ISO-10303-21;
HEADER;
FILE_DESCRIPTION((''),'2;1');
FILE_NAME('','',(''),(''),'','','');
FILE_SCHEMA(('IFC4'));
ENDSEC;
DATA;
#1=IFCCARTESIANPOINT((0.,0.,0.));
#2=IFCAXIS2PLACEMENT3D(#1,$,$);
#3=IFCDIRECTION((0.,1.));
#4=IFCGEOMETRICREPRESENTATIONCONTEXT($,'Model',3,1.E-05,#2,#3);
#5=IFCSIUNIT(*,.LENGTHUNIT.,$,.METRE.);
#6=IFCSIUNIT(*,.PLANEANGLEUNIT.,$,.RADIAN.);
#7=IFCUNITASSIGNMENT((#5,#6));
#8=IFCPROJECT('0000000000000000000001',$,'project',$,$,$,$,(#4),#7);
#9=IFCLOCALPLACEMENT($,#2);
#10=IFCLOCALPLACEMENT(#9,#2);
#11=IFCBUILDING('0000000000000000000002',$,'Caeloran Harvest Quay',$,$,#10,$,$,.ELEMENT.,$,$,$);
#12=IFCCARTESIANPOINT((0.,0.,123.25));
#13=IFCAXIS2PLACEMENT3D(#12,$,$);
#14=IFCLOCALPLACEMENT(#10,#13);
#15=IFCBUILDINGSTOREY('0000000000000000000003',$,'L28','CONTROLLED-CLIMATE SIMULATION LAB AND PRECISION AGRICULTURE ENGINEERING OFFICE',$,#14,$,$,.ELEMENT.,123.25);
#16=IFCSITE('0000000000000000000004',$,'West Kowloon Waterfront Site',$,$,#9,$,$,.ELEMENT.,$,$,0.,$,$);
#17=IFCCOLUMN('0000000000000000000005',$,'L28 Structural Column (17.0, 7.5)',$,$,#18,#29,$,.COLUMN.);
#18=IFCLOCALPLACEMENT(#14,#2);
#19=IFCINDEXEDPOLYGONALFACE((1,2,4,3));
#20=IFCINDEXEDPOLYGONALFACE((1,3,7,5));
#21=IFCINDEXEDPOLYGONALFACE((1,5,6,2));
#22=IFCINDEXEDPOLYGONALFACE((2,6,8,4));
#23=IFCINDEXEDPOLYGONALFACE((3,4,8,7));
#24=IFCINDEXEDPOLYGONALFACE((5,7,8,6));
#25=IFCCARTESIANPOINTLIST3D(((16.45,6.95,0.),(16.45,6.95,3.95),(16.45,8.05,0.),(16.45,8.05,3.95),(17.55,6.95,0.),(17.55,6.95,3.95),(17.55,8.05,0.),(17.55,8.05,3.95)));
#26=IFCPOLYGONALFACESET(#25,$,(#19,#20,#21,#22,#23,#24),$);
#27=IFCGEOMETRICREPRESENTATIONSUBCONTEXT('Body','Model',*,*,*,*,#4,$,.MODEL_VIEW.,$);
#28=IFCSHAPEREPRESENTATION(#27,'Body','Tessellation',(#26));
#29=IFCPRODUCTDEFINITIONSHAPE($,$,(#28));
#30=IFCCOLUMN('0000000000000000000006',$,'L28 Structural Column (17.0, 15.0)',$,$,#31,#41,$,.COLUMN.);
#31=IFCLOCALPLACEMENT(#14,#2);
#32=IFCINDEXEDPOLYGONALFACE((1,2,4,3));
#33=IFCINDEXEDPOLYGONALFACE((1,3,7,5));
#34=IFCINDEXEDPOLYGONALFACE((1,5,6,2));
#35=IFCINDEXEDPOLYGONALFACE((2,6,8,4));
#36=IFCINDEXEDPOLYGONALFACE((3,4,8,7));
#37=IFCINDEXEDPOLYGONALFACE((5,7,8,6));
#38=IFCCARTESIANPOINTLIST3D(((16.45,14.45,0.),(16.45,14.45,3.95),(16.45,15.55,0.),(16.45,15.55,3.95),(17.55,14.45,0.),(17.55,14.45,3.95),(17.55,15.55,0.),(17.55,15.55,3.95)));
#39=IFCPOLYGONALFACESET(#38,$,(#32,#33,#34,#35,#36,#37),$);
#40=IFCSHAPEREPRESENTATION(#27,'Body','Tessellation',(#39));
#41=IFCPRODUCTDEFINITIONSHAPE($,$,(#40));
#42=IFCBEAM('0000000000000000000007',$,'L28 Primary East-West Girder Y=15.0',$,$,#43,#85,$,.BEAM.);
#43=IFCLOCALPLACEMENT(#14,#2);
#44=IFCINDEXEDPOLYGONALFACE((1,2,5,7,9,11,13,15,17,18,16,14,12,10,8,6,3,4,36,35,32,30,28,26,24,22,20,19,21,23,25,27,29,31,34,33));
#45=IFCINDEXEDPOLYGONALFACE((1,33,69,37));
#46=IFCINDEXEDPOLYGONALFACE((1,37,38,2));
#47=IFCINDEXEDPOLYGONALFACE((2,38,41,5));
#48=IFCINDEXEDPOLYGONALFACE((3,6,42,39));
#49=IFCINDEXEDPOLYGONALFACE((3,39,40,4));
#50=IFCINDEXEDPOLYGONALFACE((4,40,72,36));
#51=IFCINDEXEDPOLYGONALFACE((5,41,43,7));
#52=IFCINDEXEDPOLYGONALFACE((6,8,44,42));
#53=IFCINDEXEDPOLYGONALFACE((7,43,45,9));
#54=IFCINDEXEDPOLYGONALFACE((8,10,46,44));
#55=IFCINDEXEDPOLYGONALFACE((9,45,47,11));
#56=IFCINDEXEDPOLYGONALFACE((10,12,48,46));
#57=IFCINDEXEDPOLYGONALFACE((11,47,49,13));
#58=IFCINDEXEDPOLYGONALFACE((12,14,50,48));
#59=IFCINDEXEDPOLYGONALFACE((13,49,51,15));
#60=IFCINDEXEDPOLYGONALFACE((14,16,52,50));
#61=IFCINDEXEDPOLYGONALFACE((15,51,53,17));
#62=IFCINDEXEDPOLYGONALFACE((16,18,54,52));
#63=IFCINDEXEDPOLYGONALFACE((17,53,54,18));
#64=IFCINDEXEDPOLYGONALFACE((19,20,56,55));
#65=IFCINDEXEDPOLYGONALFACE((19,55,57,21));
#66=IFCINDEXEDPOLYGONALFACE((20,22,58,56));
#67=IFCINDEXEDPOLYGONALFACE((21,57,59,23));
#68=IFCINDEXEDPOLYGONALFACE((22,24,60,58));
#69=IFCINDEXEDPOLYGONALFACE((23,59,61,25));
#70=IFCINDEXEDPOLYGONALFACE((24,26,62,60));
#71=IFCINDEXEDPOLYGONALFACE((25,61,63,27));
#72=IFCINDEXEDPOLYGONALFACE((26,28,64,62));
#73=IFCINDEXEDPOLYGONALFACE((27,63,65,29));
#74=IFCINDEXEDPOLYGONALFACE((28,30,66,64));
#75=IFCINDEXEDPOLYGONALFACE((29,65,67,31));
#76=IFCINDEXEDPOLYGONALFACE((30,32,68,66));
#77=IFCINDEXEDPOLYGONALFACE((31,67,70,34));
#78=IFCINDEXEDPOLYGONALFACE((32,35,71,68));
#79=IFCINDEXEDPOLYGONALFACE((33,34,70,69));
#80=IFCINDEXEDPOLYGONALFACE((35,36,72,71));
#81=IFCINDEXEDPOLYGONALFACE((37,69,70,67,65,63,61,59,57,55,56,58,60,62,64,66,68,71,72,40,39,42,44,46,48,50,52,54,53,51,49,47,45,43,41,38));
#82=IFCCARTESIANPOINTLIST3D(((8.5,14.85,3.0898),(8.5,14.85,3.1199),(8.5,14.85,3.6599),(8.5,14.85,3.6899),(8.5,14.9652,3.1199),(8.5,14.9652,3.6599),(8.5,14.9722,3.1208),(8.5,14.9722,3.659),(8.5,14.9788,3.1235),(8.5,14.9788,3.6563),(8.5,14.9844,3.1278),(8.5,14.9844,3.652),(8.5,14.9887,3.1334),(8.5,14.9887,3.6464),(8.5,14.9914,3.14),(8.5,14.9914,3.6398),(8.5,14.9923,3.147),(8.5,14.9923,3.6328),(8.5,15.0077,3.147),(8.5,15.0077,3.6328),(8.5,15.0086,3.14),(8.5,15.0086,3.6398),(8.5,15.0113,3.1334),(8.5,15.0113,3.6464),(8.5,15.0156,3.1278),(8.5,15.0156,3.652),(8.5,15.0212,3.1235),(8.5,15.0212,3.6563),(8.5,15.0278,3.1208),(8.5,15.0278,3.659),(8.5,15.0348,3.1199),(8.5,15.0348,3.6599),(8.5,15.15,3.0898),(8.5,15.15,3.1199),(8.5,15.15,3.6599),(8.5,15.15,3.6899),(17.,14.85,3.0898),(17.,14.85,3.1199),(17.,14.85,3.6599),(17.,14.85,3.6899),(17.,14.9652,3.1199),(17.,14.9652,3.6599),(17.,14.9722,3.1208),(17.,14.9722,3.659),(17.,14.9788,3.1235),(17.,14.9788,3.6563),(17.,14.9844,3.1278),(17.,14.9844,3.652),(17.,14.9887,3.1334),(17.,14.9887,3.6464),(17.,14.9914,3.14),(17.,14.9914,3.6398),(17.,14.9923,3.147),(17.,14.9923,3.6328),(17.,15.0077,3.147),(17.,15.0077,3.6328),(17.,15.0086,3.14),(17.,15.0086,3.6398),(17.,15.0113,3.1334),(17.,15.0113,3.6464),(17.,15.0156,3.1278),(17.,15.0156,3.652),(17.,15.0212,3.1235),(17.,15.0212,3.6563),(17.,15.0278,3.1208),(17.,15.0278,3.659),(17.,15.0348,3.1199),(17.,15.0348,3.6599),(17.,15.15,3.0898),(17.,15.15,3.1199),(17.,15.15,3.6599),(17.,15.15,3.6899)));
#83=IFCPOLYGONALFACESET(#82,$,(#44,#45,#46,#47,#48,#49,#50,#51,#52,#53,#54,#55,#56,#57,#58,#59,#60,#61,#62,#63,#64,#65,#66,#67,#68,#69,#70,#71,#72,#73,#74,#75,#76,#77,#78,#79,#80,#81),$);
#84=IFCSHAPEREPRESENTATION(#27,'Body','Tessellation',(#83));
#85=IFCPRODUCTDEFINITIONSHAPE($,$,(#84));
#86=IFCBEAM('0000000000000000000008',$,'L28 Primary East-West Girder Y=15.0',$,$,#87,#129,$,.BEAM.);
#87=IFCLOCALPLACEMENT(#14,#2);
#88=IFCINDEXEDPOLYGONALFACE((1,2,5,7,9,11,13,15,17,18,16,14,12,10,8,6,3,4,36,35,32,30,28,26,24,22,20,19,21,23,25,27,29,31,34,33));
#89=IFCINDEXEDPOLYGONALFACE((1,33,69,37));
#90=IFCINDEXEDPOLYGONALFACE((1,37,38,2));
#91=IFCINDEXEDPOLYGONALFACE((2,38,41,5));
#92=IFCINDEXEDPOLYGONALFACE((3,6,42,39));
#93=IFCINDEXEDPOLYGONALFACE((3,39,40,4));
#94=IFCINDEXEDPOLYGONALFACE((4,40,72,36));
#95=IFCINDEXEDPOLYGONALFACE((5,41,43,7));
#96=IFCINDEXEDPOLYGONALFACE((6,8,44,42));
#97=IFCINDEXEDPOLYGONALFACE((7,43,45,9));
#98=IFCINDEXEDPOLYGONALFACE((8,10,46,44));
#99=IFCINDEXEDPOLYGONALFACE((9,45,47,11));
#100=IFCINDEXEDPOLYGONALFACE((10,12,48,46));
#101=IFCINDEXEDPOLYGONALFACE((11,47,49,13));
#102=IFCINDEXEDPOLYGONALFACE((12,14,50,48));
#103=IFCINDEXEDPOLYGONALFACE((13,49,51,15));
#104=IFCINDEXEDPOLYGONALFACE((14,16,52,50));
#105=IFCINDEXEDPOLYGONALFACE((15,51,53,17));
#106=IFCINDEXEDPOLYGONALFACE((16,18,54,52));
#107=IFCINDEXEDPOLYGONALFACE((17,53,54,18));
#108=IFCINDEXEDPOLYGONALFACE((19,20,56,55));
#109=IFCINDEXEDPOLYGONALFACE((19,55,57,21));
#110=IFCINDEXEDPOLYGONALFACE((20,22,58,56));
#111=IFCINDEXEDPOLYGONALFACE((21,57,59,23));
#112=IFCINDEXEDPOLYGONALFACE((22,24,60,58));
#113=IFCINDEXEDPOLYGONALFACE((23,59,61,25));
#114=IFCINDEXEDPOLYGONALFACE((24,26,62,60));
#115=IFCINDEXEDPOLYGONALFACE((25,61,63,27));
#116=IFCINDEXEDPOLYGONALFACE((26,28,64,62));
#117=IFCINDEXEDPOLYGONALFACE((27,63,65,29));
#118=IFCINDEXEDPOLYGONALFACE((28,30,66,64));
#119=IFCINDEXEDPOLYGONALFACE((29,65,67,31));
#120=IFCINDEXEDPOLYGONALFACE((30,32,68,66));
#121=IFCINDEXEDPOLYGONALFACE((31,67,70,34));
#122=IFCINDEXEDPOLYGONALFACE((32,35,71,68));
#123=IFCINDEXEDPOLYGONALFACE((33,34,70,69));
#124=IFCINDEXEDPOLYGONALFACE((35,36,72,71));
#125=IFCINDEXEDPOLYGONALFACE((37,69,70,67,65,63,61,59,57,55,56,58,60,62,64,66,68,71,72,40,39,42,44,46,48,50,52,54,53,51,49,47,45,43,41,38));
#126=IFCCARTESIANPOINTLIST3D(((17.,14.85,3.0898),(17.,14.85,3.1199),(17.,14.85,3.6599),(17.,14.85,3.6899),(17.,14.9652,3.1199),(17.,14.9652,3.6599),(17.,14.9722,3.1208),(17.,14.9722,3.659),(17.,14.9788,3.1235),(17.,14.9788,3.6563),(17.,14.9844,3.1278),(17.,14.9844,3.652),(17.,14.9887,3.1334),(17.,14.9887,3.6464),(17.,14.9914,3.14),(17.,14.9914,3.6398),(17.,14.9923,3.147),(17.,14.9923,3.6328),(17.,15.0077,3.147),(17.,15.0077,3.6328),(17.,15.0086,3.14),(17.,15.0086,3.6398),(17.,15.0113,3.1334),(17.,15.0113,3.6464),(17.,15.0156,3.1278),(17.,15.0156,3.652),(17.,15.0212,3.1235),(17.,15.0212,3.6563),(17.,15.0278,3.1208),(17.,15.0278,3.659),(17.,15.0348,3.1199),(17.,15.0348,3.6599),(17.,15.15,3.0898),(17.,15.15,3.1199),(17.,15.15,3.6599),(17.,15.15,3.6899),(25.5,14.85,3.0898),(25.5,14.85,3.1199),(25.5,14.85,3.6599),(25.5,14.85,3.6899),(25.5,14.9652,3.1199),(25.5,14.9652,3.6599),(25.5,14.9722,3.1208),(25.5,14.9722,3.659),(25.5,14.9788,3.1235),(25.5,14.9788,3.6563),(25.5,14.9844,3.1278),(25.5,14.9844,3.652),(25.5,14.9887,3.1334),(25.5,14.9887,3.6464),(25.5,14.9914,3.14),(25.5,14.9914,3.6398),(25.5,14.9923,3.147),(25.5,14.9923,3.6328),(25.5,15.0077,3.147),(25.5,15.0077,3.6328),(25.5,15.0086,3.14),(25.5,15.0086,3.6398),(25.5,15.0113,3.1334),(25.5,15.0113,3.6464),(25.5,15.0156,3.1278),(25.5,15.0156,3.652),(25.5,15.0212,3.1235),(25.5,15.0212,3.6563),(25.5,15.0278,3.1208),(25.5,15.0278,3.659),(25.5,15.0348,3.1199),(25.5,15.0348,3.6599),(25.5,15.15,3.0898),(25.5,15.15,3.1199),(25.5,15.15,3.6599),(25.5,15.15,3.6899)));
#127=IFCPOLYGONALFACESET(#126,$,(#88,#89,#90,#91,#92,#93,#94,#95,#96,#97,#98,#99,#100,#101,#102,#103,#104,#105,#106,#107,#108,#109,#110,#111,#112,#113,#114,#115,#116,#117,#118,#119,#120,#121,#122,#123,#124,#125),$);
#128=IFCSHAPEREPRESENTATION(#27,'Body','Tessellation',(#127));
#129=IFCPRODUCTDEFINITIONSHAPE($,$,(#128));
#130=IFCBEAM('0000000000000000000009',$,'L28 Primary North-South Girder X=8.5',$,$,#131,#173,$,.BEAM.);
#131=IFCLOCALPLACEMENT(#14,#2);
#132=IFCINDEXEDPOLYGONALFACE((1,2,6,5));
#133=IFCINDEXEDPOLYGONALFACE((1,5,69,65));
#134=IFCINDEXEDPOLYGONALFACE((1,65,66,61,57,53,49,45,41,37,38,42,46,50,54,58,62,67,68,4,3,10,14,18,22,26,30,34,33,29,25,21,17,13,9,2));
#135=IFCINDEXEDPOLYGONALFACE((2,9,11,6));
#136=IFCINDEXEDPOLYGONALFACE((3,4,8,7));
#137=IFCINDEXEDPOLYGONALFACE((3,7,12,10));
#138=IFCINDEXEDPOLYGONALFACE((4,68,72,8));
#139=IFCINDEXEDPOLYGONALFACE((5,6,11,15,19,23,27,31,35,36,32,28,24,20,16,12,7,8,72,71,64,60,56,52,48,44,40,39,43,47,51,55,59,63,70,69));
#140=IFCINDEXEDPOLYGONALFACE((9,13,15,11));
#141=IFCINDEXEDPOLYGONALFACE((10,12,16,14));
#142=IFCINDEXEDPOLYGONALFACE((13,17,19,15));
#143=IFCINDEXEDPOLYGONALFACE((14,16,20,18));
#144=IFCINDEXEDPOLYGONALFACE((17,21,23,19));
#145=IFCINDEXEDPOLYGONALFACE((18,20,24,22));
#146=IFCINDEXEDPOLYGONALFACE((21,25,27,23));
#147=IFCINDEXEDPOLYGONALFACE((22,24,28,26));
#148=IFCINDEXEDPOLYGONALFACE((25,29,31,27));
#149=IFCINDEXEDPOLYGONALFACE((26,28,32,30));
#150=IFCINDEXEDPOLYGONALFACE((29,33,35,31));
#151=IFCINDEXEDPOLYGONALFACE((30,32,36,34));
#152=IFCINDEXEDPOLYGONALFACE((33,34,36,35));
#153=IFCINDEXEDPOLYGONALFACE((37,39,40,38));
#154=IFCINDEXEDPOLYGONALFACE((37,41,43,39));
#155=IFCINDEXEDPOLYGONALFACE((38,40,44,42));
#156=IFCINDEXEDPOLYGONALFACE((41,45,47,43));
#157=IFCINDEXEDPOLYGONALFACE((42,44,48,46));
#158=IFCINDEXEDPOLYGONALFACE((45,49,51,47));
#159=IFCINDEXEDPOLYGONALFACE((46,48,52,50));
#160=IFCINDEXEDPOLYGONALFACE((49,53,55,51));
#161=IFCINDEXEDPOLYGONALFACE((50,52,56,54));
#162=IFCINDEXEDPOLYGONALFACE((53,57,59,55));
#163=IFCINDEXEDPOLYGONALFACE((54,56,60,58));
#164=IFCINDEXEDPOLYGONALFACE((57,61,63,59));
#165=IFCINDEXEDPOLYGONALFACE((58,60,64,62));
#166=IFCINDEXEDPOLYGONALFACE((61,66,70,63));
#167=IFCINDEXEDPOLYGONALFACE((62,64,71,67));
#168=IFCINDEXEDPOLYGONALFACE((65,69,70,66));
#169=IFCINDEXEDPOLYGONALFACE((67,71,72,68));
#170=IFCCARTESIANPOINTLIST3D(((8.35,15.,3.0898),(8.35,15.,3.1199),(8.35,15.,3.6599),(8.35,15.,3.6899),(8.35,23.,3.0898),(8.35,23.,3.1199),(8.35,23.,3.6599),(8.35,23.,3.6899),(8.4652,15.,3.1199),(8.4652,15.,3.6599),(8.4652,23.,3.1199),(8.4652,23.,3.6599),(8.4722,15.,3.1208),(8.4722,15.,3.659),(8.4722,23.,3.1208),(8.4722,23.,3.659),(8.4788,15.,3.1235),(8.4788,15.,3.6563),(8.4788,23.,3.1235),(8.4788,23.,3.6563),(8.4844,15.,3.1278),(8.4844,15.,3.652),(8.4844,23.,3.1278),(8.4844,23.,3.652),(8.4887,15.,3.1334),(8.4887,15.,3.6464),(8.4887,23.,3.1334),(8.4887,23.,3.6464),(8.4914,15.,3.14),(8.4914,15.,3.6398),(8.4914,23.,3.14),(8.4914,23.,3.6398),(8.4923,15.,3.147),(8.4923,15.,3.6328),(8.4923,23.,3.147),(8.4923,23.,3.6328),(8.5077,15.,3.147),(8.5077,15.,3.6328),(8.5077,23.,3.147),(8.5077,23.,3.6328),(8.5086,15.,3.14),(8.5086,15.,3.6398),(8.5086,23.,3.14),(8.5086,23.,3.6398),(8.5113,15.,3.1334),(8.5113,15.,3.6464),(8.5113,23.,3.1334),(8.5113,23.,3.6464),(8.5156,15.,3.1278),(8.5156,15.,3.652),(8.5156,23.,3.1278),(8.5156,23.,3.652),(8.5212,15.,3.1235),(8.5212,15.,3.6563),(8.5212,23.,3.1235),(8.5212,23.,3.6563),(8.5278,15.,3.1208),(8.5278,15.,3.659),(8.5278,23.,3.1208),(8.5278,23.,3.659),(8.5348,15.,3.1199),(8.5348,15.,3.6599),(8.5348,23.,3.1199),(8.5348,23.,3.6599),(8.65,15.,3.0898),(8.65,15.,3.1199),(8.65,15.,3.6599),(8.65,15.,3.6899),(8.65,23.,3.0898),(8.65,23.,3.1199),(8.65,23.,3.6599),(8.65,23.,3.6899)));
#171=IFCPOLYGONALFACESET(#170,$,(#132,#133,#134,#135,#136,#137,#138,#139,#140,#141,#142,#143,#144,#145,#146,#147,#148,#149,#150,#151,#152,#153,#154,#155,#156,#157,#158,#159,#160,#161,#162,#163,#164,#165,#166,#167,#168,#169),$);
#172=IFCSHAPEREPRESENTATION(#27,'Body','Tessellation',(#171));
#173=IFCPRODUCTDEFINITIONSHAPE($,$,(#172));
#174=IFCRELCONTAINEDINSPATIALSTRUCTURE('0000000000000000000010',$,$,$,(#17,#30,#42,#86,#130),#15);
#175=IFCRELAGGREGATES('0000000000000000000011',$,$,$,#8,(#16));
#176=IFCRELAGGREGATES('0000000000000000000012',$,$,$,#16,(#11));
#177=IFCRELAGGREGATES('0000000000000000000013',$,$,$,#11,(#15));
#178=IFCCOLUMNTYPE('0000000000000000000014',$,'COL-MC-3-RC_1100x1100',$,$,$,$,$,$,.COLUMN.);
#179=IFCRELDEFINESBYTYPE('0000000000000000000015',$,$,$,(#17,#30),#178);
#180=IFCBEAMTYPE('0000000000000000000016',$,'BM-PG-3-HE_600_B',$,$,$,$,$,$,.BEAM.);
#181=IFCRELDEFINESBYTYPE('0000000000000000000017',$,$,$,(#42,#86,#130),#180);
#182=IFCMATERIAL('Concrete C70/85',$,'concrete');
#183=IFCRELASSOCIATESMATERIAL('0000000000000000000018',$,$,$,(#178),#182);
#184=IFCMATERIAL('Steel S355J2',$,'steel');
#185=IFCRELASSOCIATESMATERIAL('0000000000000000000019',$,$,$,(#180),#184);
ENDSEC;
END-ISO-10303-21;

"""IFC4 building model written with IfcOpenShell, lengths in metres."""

from ifc_helpers import new_model, si_unit, direction, frame, origin, origin_2d, place, context, subcontext, project, spatial, rectangle, i_section, extrude, material, material_profile, profile_set, type_object, element, save


model = new_model("IFC4")

# Units and contexts
model_context = context("Model", 3, precision=1e-05, world=origin(), true_north=direction((0.0, 1.0)))
body_context = subcontext(model_context, "Body", "Model", "MODEL_VIEW")
ifc_project = project(units=[si_unit("LENGTHUNIT", "METRE"), si_unit("PLANEANGLEUNIT", "RADIAN")], contexts=[model_context])

# Site, building, storey
site_placement = place(None, origin())
site = spatial("IfcSite", under=ifc_project, at=site_placement, Name="West Kowloon Waterfront Site", CompositionType="ELEMENT", RefElevation=0.0)
building_placement = place(site_placement, origin())
building = spatial("IfcBuilding", under=site, at=building_placement, Name="Caeloran Harvest Quay", CompositionType="ELEMENT")
storey_placement = place(building_placement, frame((0.0, 0.0, 123.25)))
storey = spatial("IfcBuildingStorey", under=building, at=storey_placement, Name="L28", Description="CONTROLLED-CLIMATE SIMULATION LAB AND PRECISION AGRICULTURE ENGINEERING OFFICE", CompositionType="ELEMENT", Elevation=123.25)

# Columns
ifc_material_1 = material(Name="Concrete C70/85", Category="concrete")
ifc_material_profile_1 = material_profile(ifc_material_1, rectangle(XDim=1.1001, YDim=1.1001, at=origin_2d()), Name="RC 1100x1100")
ifc_profile_set_1 = profile_set([ifc_material_profile_1], Name="Concrete C70/85")
column_type = type_object("IfcColumnType", Name="COL-MC-3-RC_1100x1100", PredefinedType="COLUMN", material=ifc_profile_set_1)
for number, where, z_axis, x_axis, name in (
    (1, (17.0, 7.5, 0.0), (0.0, 0.0, 1.0), (1.0, 0.0, 0.0), "L28 Structural Column (17.0, 7.5)"),
    (2, (17.0, 15.0, 0.0), (0.0, 0.0, 1.0), (1.0, 0.0, 0.0), "L28 Structural Column (17.0, 15.0)"),
):
    element("IfcColumn", number, at=place(storey_placement, frame(where, z_axis=z_axis, x_axis=x_axis)), inside=storey, type_object=column_type, Name=name, PredefinedType="COLUMN", context=body_context, shape_type="SweptSolid", body=[
        extrude(rectangle(XDim=1.1001, YDim=1.1001, at=origin_2d()), origin(), (0.0, 0.0, 1.0), 3.95),
    ])

# Beams
ifc_material_2 = material(Name="Steel S355J2", Category="steel")
ifc_material_profile_2 = material_profile(ifc_material_2, i_section(OverallWidth=0.3, OverallDepth=0.6001, WebThickness=0.0154, FlangeThickness=0.03, FilletRadius=0.0271, at=origin_2d()), Name="HE 600 B")
ifc_profile_set_2 = profile_set([ifc_material_profile_2], Name="Steel S355J2")
beam_type_1 = type_object("IfcBeamType", Name="BM-PG-3-HE_600_B", PredefinedType="BEAM", material=ifc_profile_set_2)
for number, where, z_axis, x_axis, name in (
    (3, (8.5, 15.0, 3.3899), (1.0, 0.0, 0.0), (0.0, 1.0, 0.0), "L28 Primary East-West Girder Y=15.0"),
    (4, (17.0, 15.0, 3.3899), (1.0, 0.0, 0.0), (0.0, 1.0, 0.0), "L28 Primary East-West Girder Y=15.0"),
):
    element("IfcBeam", number, at=place(storey_placement, frame(where, z_axis=z_axis, x_axis=x_axis)), inside=storey, type_object=beam_type_1, Name=name, PredefinedType="BEAM", context=body_context, shape_type="SweptSolid", body=[
        extrude(i_section(OverallWidth=0.3, OverallDepth=0.6001, WebThickness=0.0154, FlangeThickness=0.03, FilletRadius=0.0271, at=origin_2d()), origin(), (0.0, 0.0, 1.0), 8.5),
    ])
beam_1_placement = place(storey_placement, frame((8.5, 15.0, 3.3899), z_axis=(0.0, 1.0, 0.0), x_axis=(-1.0, 0.0, 0.0)))
element("IfcBeam", 5, at=beam_1_placement, inside=storey, type_object=beam_type_1, Name="L28 Primary North-South Girder X=8.5", PredefinedType="BEAM", context=body_context, shape_type="SweptSolid", body=[
    extrude(i_section(OverallWidth=0.3, OverallDepth=0.6001, WebThickness=0.0154, FlangeThickness=0.03, FilletRadius=0.0271, at=origin_2d()), origin(), (0.0, 0.0, 1.0), 8.0),
])

save(model, "model.ifc")
